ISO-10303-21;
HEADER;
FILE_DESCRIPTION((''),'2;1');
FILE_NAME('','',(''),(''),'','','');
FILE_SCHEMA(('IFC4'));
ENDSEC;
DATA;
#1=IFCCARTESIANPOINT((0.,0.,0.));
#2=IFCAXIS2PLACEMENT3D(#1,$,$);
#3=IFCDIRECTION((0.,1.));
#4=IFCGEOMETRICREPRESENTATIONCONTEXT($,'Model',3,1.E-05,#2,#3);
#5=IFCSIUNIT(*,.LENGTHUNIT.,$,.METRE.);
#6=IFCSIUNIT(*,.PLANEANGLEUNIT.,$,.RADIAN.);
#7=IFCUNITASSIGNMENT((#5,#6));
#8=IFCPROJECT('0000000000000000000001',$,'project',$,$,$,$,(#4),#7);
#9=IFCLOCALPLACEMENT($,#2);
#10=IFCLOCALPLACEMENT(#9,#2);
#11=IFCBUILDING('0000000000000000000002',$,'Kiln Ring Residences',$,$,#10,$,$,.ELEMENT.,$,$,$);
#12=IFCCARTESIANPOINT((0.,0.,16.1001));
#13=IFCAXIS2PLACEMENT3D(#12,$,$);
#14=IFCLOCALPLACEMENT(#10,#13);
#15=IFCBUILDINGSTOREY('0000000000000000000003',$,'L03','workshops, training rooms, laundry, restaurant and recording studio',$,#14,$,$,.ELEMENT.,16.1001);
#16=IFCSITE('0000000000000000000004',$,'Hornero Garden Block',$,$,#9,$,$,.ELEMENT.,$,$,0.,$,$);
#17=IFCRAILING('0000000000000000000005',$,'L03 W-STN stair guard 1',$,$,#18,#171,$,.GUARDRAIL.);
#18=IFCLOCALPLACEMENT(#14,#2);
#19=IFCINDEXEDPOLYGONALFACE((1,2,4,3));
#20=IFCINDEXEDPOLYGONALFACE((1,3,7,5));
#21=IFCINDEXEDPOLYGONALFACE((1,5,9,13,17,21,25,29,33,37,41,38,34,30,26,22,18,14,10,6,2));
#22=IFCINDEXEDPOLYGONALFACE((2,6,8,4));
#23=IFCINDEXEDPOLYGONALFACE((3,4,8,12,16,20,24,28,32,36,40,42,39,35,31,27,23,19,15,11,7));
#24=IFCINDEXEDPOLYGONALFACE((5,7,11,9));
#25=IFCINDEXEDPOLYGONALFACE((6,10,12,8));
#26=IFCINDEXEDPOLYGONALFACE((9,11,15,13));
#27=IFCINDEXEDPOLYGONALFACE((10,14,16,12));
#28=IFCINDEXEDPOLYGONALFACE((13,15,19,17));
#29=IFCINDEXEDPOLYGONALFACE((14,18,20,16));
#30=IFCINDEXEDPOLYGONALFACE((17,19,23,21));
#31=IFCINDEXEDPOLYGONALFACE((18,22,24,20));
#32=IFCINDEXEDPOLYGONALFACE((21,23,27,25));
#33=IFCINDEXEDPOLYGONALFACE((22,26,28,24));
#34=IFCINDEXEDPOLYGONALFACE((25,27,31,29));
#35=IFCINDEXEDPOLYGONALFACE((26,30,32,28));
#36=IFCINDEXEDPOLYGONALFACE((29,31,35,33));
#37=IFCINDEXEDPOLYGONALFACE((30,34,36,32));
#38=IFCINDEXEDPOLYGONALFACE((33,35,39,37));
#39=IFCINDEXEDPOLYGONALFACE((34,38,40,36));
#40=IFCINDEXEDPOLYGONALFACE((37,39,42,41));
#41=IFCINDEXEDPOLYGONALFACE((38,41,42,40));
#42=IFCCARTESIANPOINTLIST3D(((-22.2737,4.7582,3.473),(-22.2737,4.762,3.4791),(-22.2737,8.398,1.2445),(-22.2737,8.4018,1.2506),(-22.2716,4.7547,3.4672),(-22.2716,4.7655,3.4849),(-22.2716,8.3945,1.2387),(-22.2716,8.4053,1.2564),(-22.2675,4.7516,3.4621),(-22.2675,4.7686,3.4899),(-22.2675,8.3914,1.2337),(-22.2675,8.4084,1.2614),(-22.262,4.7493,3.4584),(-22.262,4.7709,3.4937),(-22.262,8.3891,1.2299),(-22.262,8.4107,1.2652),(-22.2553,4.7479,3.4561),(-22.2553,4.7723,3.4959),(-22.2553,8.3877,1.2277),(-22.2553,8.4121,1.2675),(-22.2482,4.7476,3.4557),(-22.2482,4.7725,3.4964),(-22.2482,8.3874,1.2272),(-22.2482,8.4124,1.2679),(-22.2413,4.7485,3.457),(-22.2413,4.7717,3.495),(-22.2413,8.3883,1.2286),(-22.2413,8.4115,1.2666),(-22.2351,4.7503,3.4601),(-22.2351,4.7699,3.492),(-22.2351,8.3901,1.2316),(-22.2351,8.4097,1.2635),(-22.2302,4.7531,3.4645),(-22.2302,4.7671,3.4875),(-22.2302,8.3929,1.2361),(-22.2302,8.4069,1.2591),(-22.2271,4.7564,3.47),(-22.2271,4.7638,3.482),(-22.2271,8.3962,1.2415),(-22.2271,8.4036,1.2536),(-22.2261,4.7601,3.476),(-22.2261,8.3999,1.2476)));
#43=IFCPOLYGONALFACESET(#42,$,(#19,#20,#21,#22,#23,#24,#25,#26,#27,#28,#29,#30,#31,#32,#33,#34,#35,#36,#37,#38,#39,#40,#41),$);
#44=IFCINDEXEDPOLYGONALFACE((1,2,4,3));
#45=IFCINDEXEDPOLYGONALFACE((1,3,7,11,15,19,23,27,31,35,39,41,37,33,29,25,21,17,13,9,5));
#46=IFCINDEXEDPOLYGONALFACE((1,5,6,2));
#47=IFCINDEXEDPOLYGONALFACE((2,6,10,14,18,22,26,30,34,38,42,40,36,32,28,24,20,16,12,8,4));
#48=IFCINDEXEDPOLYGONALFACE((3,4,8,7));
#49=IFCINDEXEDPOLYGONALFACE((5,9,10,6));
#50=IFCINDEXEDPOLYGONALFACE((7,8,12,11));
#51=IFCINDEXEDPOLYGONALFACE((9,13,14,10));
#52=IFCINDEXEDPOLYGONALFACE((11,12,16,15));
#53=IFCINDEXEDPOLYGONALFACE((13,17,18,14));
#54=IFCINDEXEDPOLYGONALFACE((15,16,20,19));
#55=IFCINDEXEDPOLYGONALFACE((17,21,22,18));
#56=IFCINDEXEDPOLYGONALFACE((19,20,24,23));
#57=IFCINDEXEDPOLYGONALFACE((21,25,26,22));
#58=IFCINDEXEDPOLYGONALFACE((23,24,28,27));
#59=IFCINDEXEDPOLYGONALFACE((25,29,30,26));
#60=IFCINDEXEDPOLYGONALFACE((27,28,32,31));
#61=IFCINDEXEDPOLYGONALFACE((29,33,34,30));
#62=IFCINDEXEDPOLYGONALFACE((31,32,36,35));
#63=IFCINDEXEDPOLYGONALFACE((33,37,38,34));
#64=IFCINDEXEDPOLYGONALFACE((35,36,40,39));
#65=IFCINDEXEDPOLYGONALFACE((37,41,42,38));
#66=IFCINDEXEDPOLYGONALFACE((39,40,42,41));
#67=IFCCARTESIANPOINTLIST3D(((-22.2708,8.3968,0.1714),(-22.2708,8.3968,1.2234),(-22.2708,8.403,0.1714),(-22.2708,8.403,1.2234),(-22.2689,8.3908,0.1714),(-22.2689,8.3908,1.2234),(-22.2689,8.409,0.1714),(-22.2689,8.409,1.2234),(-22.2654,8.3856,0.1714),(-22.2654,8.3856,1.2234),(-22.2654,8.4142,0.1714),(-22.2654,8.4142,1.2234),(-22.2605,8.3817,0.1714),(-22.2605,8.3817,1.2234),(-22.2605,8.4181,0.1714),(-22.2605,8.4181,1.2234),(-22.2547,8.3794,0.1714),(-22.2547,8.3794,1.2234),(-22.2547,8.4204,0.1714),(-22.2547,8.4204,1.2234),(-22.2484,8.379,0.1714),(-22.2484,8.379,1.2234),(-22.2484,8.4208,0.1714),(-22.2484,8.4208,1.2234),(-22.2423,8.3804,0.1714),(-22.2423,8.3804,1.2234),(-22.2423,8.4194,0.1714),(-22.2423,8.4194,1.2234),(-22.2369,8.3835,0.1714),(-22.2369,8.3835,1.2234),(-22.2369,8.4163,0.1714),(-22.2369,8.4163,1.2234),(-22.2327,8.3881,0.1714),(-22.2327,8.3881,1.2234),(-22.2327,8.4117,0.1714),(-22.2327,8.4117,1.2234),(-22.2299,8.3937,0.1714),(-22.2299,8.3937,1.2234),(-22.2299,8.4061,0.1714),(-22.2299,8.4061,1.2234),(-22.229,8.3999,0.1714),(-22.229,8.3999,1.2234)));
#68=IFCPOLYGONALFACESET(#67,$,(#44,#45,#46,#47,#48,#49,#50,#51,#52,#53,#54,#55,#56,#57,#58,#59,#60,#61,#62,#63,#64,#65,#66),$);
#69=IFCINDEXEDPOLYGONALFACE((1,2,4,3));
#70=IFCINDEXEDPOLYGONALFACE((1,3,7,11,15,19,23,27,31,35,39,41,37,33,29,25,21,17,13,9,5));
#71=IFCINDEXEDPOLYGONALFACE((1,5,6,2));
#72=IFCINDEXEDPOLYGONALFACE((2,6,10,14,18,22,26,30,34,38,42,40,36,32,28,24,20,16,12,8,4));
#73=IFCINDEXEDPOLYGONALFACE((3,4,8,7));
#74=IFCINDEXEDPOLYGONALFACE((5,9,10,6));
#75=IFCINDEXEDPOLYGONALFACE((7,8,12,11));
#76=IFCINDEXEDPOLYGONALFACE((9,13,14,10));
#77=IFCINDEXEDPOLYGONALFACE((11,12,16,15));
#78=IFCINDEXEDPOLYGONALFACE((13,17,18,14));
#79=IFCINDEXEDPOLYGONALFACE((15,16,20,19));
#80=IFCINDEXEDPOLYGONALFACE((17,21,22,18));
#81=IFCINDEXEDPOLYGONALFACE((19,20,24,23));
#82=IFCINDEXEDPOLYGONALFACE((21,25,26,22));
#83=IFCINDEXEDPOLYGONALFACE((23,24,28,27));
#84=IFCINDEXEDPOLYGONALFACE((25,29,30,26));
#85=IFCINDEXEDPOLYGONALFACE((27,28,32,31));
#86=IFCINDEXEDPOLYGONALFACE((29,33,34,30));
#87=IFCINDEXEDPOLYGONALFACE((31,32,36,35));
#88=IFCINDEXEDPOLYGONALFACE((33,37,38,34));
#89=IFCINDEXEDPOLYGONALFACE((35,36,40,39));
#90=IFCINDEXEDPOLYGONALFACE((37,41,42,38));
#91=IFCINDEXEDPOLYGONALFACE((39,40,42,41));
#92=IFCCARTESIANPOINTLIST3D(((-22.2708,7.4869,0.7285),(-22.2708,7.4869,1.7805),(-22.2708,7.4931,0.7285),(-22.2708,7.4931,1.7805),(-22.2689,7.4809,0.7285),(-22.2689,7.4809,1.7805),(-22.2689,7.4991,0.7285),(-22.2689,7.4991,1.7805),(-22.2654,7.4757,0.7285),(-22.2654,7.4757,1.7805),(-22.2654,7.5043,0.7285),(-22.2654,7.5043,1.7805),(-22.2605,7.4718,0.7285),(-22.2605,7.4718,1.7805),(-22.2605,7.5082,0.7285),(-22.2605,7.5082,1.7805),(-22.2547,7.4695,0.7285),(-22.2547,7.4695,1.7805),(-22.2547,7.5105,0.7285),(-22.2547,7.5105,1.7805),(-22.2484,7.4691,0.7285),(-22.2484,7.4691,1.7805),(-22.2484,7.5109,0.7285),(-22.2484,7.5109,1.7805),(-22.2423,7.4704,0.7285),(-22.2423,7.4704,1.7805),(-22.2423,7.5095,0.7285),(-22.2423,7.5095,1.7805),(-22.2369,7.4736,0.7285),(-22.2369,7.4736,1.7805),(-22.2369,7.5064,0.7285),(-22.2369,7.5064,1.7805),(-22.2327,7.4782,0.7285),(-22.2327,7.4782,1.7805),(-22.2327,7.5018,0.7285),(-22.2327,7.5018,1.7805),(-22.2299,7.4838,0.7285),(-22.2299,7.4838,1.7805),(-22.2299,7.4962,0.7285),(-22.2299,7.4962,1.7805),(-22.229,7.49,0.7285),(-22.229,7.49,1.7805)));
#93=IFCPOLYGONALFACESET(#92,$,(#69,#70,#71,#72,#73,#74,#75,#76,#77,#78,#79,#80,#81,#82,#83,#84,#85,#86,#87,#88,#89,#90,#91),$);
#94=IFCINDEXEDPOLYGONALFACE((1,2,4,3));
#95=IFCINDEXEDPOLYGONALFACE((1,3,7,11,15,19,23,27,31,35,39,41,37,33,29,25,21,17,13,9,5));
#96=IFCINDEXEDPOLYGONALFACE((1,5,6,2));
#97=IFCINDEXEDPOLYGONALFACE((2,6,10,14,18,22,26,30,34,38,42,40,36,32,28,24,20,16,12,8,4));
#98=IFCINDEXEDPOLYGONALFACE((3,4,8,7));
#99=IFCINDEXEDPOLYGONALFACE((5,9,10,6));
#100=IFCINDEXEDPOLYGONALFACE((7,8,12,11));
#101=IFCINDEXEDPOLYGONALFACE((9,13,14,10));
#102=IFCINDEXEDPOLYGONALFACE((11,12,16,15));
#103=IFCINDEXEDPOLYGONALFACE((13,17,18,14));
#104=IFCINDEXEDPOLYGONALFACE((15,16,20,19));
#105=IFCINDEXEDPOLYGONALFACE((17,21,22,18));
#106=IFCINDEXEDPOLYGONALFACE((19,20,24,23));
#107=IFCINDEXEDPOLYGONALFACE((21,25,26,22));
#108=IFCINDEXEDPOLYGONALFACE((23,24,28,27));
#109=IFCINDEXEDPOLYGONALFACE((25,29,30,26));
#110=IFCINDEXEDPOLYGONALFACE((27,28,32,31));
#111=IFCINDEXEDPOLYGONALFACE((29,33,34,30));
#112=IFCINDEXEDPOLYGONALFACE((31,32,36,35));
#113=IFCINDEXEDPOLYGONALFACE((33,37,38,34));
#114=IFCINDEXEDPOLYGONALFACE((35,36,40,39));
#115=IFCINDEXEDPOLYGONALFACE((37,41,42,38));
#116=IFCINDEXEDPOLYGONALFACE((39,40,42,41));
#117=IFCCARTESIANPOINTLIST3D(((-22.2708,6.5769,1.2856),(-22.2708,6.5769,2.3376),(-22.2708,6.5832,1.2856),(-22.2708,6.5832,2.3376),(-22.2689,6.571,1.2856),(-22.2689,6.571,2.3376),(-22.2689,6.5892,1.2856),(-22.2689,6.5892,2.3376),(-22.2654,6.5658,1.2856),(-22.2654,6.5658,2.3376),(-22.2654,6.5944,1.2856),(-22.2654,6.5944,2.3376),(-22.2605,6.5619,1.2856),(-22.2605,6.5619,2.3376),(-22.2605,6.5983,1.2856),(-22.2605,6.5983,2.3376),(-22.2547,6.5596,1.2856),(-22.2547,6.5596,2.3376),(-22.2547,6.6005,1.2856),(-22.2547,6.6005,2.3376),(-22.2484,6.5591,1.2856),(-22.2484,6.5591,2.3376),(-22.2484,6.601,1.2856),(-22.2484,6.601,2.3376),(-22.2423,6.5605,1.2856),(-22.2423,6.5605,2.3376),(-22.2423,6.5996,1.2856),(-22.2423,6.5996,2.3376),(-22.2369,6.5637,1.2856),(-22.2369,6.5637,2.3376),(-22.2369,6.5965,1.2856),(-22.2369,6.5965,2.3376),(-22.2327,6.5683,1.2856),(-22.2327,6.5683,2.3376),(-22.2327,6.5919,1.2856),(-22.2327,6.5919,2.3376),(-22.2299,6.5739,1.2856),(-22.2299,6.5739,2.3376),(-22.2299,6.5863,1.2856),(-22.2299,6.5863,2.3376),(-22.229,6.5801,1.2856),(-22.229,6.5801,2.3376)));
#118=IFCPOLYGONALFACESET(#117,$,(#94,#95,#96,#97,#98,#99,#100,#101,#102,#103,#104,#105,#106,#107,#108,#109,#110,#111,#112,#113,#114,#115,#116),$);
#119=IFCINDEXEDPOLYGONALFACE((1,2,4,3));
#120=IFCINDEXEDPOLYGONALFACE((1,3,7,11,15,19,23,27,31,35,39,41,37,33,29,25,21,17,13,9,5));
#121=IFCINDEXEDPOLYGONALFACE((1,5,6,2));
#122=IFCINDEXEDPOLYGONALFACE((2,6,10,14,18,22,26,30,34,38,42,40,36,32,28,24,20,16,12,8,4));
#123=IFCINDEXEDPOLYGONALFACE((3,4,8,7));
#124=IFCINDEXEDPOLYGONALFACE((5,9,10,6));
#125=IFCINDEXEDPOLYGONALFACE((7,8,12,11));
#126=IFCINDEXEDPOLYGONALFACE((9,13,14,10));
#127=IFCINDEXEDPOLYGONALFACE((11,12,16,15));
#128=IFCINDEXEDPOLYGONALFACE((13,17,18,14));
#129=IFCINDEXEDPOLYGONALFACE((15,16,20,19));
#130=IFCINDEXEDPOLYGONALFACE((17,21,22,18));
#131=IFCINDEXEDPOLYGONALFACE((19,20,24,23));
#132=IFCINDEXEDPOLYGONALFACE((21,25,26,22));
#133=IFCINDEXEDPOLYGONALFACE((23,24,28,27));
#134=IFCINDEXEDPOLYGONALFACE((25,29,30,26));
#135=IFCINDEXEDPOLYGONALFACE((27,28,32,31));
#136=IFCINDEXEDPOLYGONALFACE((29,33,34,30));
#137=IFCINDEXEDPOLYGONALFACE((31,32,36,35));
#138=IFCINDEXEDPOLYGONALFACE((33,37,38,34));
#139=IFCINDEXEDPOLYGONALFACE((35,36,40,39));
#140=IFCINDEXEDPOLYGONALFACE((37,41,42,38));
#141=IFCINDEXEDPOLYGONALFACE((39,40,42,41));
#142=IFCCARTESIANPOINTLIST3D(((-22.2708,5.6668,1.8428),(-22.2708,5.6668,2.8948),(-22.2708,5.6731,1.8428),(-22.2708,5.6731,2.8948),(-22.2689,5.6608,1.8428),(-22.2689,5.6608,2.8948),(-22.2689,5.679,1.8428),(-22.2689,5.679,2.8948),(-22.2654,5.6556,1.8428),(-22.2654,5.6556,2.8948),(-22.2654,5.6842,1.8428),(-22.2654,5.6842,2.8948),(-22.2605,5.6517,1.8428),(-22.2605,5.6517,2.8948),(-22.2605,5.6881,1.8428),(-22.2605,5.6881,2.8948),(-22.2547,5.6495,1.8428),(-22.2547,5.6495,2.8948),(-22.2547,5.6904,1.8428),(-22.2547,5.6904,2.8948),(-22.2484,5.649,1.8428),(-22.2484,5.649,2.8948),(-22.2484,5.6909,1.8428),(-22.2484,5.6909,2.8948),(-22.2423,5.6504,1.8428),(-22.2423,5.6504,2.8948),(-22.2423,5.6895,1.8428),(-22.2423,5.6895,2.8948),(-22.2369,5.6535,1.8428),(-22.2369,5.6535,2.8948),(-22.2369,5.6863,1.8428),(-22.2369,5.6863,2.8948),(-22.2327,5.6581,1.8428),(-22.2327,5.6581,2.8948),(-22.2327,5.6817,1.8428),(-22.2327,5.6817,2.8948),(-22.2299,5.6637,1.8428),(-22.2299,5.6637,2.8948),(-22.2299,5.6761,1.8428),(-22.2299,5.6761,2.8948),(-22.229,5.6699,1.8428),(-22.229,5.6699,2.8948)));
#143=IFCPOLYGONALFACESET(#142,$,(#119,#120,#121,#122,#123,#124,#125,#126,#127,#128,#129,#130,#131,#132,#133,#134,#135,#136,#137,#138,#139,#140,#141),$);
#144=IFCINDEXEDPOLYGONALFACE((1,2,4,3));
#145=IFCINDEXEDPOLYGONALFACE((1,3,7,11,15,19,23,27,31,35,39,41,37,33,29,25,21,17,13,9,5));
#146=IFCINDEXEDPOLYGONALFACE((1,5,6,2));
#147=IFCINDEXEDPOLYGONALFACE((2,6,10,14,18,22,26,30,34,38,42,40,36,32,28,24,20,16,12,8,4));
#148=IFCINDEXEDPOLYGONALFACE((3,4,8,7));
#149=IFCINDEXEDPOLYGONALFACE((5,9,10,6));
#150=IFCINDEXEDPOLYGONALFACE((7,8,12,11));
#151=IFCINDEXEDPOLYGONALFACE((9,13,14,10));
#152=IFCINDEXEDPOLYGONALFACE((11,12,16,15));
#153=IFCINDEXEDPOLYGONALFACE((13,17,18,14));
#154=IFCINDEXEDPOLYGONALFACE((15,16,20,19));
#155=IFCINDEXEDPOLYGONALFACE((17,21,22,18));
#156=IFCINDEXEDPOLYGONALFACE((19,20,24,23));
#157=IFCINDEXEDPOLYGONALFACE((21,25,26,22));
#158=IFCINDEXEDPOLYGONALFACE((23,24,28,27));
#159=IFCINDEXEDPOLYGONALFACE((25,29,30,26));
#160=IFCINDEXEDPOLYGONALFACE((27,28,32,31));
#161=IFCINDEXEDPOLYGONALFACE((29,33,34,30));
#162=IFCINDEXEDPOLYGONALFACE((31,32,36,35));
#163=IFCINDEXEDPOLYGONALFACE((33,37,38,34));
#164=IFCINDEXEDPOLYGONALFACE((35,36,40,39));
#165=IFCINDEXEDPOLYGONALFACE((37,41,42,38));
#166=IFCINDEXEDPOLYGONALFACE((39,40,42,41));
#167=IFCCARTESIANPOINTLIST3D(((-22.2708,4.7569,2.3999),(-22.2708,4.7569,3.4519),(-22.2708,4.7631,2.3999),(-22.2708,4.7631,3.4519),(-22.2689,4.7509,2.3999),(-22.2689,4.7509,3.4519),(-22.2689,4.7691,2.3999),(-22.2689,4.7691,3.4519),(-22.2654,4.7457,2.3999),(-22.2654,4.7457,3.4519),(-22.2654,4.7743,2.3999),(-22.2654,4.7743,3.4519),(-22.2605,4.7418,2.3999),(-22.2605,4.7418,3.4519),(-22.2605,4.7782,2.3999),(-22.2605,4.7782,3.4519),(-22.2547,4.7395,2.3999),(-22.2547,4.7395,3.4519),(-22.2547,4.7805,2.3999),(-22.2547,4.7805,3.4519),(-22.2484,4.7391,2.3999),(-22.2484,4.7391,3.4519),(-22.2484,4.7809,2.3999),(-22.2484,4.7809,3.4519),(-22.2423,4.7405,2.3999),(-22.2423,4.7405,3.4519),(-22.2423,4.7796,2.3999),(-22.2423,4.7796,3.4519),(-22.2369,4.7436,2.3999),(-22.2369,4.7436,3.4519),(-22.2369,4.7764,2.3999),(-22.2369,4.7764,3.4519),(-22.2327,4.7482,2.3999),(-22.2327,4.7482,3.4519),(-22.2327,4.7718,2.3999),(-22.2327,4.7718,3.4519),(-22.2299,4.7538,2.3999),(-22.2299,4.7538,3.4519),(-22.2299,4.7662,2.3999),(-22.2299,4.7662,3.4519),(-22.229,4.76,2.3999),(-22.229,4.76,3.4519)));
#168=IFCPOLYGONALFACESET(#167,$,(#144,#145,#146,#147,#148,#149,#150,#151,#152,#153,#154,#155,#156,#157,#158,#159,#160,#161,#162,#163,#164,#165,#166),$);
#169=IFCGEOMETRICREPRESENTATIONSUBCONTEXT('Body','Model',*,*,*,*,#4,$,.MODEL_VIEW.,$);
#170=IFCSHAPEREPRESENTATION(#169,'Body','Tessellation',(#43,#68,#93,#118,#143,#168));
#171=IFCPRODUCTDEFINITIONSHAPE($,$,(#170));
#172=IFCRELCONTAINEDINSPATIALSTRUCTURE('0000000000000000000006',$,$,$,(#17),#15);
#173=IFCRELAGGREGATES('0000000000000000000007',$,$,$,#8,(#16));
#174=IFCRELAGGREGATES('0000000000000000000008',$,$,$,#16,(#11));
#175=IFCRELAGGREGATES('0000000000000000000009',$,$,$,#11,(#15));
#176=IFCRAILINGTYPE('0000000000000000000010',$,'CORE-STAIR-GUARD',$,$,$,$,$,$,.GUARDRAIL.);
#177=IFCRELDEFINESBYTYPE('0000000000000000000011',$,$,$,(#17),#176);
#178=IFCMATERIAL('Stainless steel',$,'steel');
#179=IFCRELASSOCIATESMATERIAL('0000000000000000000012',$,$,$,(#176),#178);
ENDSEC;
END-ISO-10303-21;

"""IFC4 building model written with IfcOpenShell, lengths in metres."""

from ifc_helpers import new_model, si_unit, direction, frame, origin, origin_2d, place, context, subcontext, project, spatial, circle, extrude, material, type_object, element, save


model = new_model("IFC4")

# Units and contexts
model_context = context("Model", 3, precision=1e-05, world=origin(), true_north=direction((0.0, 1.0)))
body_context = subcontext(model_context, "Body", "Model", "MODEL_VIEW")
ifc_project = project(units=[si_unit("LENGTHUNIT", "METRE"), si_unit("PLANEANGLEUNIT", "RADIAN")], contexts=[model_context])

# Site, building, storey
site_placement = place(None, origin())
site = spatial("IfcSite", under=ifc_project, at=site_placement, Name="Hornero Garden Block", CompositionType="ELEMENT", RefElevation=0.0)
building_placement = place(site_placement, origin())
building = spatial("IfcBuilding", under=site, at=building_placement, Name="Kiln Ring Residences", CompositionType="ELEMENT")
storey_placement = place(building_placement, frame((0.0, 0.0, 16.1001)))
storey = spatial("IfcBuildingStorey", under=building, at=storey_placement, Name="L03", Description="workshops, training rooms, laundry, restaurant and recording studio", CompositionType="ELEMENT", Elevation=16.1001)

# Railing
ifc_material_1 = material(Name="Stainless steel", Category="steel")
railing_type_1 = type_object("IfcRailingType", Name="CORE-STAIR-GUARD", PredefinedType="GUARDRAIL", material=ifc_material_1)
railing_1_placement = place(storey_placement, frame((-22.25, 8.3999, 0.1714)))
element("IfcRailing", 1, at=railing_1_placement, inside=storey, type_object=railing_type_1, Name="L03 W-STN stair guard 1", PredefinedType="GUARDRAIL", context=body_context, shape_type="SweptSolid", body=[
    extrude(circle(Radius=0.0239, at=origin_2d()), frame((0.0, 0.0, 1.0762), z_axis=(0.0, -0.85285, 0.522156), x_axis=(1.0, 0.0, 0.0)), (0.0, 0.0, 1.0), 4.2678),
    extrude(circle(Radius=0.021, at=origin_2d()), origin(), (0.0, 0.0, 1.0), 1.052),
    extrude(circle(Radius=0.021, at=origin_2d()), frame((0.0, -0.9099, 0.5571)), (0.0, 0.0, 1.0), 1.052),
    extrude(circle(Radius=0.021, at=origin_2d()), frame((0.0, -1.8198, 1.1143)), (0.0, 0.0, 1.0), 1.052),
    extrude(circle(Radius=0.021, at=origin_2d()), frame((0.0, -2.73, 1.6714)), (0.0, 0.0, 1.0), 1.052),
    extrude(circle(Radius=0.021, at=origin_2d()), frame((0.0, -3.6399, 2.2285)), (0.0, 0.0, 1.0), 1.052),
])

save(model, "model.ifc")
